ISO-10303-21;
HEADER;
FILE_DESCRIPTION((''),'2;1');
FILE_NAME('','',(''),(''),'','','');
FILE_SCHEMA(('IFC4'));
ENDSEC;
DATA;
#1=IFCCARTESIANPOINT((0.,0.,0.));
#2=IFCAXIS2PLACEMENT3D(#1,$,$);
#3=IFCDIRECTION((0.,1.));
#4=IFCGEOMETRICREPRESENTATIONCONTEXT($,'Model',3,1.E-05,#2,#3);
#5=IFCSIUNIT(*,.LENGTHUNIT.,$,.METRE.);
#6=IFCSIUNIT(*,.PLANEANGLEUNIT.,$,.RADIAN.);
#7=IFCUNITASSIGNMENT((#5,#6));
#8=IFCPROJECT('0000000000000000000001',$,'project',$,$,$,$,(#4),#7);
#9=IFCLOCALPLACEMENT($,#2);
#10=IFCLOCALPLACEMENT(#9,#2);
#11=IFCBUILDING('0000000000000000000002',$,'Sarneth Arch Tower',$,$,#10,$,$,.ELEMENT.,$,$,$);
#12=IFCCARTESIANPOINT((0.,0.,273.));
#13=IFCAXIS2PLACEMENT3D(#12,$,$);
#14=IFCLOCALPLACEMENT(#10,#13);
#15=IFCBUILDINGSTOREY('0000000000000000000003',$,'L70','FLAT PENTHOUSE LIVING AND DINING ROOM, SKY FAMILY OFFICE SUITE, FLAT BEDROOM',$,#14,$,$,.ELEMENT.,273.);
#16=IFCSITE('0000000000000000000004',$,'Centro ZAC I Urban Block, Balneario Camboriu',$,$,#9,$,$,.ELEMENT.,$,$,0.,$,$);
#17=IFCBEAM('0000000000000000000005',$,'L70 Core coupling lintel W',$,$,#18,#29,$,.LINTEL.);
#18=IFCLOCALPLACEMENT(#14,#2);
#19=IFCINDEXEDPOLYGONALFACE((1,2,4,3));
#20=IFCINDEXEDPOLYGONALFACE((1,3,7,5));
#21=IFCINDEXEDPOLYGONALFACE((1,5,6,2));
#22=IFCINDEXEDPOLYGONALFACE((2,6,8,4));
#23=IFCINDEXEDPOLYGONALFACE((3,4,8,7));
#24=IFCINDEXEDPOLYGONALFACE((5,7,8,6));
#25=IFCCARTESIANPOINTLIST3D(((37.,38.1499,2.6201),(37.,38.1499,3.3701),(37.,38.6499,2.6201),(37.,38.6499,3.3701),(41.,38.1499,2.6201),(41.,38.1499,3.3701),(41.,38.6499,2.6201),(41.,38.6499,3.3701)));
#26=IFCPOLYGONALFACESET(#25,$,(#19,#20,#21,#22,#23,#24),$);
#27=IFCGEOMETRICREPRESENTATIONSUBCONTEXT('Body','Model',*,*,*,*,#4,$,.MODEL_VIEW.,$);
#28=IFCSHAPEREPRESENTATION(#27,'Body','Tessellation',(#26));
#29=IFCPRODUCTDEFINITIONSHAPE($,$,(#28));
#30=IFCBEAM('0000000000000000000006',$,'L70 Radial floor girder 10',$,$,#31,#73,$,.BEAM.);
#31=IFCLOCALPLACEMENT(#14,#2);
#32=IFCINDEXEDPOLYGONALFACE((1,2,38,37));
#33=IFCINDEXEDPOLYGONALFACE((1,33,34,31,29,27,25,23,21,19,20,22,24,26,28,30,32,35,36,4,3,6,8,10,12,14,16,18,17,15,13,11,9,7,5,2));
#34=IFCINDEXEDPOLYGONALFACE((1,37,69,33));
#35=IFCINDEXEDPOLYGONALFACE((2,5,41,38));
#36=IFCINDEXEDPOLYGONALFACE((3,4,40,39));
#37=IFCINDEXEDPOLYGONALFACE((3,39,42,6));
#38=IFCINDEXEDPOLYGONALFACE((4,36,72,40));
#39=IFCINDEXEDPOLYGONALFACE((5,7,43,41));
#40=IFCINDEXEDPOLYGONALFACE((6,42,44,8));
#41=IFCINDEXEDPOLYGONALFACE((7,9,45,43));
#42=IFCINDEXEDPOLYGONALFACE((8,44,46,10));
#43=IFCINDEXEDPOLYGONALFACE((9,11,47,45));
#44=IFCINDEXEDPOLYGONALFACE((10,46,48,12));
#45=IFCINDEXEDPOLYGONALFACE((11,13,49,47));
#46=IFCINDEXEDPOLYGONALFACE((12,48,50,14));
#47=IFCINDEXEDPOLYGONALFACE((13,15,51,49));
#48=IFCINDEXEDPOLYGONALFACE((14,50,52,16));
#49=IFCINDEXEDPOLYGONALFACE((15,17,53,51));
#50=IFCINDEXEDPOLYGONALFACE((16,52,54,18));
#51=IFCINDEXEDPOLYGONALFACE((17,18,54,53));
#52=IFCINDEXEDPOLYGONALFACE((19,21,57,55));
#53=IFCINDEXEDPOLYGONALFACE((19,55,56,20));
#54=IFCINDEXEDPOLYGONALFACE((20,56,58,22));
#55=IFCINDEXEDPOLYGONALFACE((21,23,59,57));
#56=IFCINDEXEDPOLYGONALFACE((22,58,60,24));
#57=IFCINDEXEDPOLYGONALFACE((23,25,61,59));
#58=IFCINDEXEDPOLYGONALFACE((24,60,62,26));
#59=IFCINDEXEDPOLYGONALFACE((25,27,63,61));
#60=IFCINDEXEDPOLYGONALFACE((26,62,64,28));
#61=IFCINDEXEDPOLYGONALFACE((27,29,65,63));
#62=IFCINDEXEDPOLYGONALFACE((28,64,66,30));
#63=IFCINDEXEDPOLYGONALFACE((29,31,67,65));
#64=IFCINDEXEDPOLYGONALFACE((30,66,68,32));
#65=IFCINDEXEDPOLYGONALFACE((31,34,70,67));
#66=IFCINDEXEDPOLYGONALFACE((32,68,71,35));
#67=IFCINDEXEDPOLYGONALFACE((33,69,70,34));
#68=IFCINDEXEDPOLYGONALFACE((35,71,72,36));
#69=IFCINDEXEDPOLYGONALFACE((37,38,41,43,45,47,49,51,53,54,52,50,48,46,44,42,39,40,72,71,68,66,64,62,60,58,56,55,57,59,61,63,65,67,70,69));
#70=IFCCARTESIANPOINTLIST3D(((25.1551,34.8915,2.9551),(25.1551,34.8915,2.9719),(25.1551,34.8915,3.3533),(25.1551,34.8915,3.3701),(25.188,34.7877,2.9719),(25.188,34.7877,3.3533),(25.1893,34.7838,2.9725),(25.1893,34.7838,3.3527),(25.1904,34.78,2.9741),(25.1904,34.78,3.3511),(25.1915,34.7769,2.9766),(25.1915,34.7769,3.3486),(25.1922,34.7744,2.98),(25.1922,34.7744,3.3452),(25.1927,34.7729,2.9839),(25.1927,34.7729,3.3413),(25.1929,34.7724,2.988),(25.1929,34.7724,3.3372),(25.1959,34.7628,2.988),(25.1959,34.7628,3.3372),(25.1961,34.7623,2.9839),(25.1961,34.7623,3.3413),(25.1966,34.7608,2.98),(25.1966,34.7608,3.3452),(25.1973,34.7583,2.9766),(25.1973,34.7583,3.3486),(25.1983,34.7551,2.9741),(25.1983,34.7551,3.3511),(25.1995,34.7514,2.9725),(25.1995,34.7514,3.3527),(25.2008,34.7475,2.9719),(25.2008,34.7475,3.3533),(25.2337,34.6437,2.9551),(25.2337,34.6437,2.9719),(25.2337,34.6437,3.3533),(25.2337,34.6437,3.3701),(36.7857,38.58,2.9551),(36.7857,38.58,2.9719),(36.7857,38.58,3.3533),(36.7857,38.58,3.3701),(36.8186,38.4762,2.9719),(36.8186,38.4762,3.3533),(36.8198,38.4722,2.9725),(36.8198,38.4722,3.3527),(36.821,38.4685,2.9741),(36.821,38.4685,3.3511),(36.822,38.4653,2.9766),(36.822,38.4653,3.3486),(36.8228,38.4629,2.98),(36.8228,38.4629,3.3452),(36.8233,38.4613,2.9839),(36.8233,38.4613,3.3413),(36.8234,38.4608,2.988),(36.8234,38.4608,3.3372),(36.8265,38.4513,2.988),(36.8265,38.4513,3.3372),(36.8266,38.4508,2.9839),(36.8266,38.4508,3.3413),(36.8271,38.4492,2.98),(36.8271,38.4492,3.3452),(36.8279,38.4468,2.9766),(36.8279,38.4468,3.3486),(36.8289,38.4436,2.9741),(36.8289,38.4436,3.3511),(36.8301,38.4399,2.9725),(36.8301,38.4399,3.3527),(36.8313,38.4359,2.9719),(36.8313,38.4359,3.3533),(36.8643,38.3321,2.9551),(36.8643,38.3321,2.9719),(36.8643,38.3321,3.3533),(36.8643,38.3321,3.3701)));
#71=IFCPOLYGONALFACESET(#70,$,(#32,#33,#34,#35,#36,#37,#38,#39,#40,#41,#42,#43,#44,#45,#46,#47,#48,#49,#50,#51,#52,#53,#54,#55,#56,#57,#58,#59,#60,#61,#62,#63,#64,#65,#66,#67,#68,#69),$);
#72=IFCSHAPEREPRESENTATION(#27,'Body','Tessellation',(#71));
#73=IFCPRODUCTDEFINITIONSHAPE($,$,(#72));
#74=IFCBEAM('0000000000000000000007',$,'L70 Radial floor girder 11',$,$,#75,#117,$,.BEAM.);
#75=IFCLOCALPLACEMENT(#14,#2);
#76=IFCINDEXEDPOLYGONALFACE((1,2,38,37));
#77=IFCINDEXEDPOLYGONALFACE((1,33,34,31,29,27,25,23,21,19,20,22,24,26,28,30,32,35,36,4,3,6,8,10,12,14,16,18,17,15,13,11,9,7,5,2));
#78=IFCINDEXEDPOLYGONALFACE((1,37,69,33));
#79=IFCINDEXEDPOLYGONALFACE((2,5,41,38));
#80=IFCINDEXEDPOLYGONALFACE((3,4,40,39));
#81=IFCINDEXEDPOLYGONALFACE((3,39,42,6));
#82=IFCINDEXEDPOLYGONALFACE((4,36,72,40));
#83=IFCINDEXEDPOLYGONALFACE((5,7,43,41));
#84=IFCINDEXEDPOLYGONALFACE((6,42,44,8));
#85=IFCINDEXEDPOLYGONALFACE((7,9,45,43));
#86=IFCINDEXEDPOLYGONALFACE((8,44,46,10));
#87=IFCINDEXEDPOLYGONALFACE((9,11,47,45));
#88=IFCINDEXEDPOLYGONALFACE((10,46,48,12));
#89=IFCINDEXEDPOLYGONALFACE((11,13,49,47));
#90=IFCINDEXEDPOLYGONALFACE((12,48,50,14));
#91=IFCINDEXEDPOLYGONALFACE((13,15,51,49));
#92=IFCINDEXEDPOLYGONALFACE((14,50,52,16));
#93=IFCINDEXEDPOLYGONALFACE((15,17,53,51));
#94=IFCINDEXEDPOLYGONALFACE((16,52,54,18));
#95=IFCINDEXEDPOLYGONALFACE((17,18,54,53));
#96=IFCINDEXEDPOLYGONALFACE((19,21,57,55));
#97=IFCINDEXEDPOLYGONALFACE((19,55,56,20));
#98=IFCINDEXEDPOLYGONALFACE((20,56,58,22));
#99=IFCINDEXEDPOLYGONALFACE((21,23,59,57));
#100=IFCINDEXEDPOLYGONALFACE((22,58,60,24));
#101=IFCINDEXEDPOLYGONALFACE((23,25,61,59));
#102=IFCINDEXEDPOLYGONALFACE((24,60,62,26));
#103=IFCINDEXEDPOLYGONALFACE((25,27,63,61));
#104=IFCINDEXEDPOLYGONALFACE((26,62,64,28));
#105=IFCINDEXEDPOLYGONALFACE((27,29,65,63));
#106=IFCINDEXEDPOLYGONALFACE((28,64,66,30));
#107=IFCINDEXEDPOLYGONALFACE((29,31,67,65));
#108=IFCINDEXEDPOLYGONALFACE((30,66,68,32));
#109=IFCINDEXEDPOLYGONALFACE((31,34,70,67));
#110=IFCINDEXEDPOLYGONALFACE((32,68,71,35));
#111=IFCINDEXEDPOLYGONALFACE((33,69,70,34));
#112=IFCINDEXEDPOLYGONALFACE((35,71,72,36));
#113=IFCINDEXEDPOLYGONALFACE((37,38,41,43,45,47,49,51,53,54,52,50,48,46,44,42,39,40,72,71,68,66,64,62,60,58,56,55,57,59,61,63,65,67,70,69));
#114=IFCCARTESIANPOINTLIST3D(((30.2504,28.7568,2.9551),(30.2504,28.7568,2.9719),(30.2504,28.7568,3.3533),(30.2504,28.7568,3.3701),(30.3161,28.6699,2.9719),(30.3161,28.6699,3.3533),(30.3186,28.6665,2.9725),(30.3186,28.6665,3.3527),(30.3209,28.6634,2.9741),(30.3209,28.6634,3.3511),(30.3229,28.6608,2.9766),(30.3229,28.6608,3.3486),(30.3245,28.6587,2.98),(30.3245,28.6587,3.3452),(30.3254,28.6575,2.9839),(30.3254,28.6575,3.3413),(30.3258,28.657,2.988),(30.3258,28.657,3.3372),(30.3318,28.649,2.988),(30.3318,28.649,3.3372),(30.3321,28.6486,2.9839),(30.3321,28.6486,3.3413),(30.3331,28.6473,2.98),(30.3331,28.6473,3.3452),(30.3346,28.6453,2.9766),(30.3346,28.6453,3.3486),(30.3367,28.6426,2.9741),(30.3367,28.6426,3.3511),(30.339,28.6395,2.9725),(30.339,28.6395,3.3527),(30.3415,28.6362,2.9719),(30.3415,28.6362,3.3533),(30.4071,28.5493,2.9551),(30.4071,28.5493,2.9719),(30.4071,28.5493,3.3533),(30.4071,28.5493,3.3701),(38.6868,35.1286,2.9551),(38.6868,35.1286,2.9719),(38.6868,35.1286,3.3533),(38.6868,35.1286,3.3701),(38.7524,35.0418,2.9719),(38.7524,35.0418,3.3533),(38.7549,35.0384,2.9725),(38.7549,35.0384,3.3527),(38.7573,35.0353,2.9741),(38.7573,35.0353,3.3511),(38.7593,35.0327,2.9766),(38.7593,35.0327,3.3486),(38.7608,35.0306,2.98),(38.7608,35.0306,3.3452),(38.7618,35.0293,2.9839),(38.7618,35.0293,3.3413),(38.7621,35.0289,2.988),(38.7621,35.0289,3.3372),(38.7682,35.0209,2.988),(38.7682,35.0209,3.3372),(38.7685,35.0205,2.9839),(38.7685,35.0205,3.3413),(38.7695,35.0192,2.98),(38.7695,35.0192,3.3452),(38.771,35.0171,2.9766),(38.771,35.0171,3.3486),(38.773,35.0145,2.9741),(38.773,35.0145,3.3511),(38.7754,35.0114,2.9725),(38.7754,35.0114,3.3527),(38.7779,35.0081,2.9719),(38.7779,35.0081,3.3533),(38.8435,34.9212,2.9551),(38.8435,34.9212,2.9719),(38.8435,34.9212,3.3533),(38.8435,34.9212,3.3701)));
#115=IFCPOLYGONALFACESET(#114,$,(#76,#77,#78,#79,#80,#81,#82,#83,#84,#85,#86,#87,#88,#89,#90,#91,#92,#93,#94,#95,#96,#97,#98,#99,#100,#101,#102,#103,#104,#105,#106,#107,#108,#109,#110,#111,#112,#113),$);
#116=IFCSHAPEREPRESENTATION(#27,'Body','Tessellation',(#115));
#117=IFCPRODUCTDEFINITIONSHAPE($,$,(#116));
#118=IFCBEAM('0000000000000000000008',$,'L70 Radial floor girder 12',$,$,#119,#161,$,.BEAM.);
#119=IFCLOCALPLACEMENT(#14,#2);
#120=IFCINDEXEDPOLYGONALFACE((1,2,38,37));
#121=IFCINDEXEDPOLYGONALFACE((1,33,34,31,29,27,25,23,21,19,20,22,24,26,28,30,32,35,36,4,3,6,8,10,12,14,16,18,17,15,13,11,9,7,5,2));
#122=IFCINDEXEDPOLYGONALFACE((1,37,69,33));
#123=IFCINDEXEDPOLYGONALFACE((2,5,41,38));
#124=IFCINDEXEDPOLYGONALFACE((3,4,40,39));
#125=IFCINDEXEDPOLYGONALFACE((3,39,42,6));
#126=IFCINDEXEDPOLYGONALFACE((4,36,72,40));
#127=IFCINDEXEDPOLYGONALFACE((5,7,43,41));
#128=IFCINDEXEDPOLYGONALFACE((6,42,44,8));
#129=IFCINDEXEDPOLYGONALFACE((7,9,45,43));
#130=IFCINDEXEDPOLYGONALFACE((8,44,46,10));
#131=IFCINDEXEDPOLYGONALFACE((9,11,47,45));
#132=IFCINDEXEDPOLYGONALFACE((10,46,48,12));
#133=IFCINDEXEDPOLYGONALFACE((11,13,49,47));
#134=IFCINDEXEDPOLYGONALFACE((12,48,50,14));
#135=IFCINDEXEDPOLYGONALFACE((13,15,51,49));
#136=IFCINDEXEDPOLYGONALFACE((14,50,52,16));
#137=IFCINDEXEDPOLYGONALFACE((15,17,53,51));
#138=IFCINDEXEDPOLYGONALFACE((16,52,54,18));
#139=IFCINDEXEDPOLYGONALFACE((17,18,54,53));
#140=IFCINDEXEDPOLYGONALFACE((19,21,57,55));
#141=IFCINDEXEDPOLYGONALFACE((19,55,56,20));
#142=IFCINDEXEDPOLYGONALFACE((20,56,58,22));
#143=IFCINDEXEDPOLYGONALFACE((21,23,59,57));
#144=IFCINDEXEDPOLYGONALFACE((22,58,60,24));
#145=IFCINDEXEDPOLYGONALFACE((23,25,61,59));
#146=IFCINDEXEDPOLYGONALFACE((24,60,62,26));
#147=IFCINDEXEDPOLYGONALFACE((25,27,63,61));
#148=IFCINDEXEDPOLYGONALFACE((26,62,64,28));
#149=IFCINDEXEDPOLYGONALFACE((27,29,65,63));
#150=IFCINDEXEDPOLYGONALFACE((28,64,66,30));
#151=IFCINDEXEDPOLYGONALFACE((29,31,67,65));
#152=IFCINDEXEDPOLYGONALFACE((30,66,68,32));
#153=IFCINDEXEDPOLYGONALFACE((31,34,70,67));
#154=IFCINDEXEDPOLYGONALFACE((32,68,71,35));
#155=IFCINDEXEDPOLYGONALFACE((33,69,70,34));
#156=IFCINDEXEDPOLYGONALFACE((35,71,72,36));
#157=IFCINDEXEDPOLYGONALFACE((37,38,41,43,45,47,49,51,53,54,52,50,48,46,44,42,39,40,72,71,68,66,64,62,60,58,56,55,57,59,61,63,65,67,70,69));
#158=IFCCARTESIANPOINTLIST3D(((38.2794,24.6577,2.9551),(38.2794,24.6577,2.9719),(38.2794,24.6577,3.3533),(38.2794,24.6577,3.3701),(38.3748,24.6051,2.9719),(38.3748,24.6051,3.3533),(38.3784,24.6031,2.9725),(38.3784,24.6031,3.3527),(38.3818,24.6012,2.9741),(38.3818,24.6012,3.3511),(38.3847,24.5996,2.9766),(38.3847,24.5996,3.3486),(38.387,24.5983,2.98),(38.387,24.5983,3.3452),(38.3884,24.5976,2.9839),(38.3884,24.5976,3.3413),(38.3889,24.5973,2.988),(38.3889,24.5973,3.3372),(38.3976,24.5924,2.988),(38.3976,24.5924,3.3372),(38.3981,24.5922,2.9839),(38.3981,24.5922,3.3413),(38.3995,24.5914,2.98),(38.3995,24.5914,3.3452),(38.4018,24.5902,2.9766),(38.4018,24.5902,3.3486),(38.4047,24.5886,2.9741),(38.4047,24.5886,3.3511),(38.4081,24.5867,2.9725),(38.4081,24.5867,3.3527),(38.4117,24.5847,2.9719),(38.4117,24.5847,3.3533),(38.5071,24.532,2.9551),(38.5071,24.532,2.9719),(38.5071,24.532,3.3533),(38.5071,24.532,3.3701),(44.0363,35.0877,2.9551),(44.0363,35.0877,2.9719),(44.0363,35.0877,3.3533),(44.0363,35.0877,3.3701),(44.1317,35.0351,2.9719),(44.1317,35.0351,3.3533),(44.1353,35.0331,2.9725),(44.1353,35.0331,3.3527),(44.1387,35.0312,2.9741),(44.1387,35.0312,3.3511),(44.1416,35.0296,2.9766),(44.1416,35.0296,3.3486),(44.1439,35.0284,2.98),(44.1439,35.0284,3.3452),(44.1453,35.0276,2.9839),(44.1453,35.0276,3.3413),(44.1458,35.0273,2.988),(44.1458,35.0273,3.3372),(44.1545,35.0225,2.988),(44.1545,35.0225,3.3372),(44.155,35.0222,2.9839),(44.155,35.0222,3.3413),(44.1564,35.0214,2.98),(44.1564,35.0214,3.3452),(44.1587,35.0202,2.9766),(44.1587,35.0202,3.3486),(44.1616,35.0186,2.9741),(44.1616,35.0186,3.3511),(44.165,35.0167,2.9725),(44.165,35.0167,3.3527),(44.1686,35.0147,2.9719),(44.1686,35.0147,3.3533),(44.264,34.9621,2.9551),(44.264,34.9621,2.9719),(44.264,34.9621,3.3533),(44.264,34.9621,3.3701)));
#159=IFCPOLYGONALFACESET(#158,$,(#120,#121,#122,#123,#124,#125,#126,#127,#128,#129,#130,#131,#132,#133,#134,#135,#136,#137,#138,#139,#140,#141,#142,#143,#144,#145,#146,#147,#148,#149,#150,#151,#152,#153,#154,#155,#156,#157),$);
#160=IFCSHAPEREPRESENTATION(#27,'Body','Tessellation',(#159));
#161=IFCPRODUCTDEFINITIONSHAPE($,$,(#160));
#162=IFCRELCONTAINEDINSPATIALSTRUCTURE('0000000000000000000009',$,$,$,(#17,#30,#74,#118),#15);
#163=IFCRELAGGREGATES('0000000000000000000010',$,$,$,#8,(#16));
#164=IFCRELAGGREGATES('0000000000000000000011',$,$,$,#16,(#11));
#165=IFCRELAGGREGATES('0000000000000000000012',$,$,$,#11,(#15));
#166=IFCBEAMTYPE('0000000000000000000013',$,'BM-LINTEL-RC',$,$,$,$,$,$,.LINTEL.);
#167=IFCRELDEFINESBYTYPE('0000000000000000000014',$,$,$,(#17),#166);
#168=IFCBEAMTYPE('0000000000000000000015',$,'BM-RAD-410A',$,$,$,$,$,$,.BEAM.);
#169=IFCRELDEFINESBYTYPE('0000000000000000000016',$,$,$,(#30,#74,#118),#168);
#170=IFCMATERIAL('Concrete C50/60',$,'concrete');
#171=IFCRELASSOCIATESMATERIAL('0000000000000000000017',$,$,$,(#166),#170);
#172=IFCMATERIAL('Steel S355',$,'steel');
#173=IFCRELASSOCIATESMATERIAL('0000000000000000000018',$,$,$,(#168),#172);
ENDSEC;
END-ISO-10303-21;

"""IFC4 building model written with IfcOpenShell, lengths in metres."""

from ifc_helpers import new_model, si_unit, direction, frame, origin, origin_2d, place, context, subcontext, project, spatial, rectangle, i_section, extrude, material, material_profile, profile_set, type_object, element, save


model = new_model("IFC4")

# Units and contexts
model_context = context("Model", 3, precision=1e-05, world=origin(), true_north=direction((0.0, 1.0)))
body_context = subcontext(model_context, "Body", "Model", "MODEL_VIEW")
ifc_project = project(units=[si_unit("LENGTHUNIT", "METRE"), si_unit("PLANEANGLEUNIT", "RADIAN")], contexts=[model_context])

# Site, building, storey
site_placement = place(None, origin())
site = spatial("IfcSite", under=ifc_project, at=site_placement, Name="Centro ZAC I Urban Block, Balneario Camboriu", CompositionType="ELEMENT", RefElevation=0.0)
building_placement = place(site_placement, origin())
building = spatial("IfcBuilding", under=site, at=building_placement, Name="Sarneth Arch Tower", CompositionType="ELEMENT")
storey_placement = place(building_placement, frame((0.0, 0.0, 273.0)))
storey = spatial("IfcBuildingStorey", under=building, at=storey_placement, Name="L70", Description="FLAT PENTHOUSE LIVING AND DINING ROOM, SKY FAMILY OFFICE SUITE, FLAT BEDROOM", CompositionType="ELEMENT", Elevation=273.0)

# Beams
ifc_material_1 = material(Name="Concrete C50/60", Category="concrete")
ifc_material_profile_1 = material_profile(ifc_material_1, rectangle(XDim=0.5, YDim=0.75, at=origin_2d()), Name="RC-500x750")
ifc_profile_set_1 = profile_set([ifc_material_profile_1], Name="Concrete C50/60")
beam_type_1 = type_object("IfcBeamType", Name="BM-LINTEL-RC", PredefinedType="LINTEL", material=ifc_profile_set_1)
beam_1_placement = place(storey_placement, frame((37.0, 38.3999, 2.9951), z_axis=(1.0, 0.0, 0.0), x_axis=(0.0, 1.0, 0.0)))
element("IfcBeam", 1, at=beam_1_placement, inside=storey, type_object=beam_type_1, Name="L70 Core coupling lintel W", PredefinedType="LINTEL", context=body_context, shape_type="SweptSolid", body=[
    extrude(rectangle(XDim=0.5, YDim=0.75, at=origin_2d()), origin(), (0.0, 0.0, 1.0), 4.0),
])
ifc_material_2 = material(Name="Steel S355", Category="steel")
ifc_material_profile_2 = material_profile(ifc_material_2, i_section(OverallWidth=0.26, OverallDepth=0.415, WebThickness=0.01, FlangeThickness=0.0168, FilletRadius=0.0161, at=origin_2d()), Name="W410x100")
ifc_profile_set_2 = profile_set([ifc_material_profile_2], Name="Steel S355")
beam_type_2 = type_object("IfcBeamType", Name="BM-RAD-410A", PredefinedType="BEAM", material=ifc_profile_set_2)
beam_2_placement = place(storey_placement, frame((36.825, 38.4561, 3.1626), z_axis=(-0.953214, -0.302298, 0.0), x_axis=(0.302298, -0.953214, 0.0)))
element("IfcBeam", 2, at=beam_2_placement, inside=storey, type_object=beam_type_2, Name="L70 Radial floor girder 10", PredefinedType="BEAM", context=body_context, shape_type="SweptSolid", body=[
    extrude(i_section(OverallWidth=0.26, OverallDepth=0.415, WebThickness=0.01, FlangeThickness=0.0168, FilletRadius=0.0161, at=origin_2d()), origin(), (0.0, 0.0, 1.0), 12.2014),
])
beam_3_placement = place(storey_placement, frame((38.7651, 35.0249, 3.1626), z_axis=(-0.79797, -0.602698, 0.0), x_axis=(0.602698, -0.79797, 0.0)))
element("IfcBeam", 3, at=beam_3_placement, inside=storey, type_object=beam_type_2, Name="L70 Radial floor girder 11", PredefinedType="BEAM", context=body_context, shape_type="SweptSolid", body=[
    extrude(i_section(OverallWidth=0.26, OverallDepth=0.415, WebThickness=0.01, FlangeThickness=0.0168, FilletRadius=0.0161, at=origin_2d()), origin(), (0.0, 0.0, 1.0), 10.5723),
])
beam_4_placement = place(storey_placement, frame((44.1501, 35.0249, 3.1626), z_axis=(-0.483231, -0.875493, 0.0), x_axis=(0.875493, -0.483231, 0.0)))
element("IfcBeam", 4, at=beam_4_placement, inside=storey, type_object=beam_type_2, Name="L70 Radial floor girder 12", PredefinedType="BEAM", context=body_context, shape_type="SweptSolid", body=[
    extrude(i_section(OverallWidth=0.26, OverallDepth=0.415, WebThickness=0.01, FlangeThickness=0.0168, FilletRadius=0.0161, at=origin_2d()), origin(), (0.0, 0.0, 1.0), 11.9133),
])

save(model, "model.ifc")
